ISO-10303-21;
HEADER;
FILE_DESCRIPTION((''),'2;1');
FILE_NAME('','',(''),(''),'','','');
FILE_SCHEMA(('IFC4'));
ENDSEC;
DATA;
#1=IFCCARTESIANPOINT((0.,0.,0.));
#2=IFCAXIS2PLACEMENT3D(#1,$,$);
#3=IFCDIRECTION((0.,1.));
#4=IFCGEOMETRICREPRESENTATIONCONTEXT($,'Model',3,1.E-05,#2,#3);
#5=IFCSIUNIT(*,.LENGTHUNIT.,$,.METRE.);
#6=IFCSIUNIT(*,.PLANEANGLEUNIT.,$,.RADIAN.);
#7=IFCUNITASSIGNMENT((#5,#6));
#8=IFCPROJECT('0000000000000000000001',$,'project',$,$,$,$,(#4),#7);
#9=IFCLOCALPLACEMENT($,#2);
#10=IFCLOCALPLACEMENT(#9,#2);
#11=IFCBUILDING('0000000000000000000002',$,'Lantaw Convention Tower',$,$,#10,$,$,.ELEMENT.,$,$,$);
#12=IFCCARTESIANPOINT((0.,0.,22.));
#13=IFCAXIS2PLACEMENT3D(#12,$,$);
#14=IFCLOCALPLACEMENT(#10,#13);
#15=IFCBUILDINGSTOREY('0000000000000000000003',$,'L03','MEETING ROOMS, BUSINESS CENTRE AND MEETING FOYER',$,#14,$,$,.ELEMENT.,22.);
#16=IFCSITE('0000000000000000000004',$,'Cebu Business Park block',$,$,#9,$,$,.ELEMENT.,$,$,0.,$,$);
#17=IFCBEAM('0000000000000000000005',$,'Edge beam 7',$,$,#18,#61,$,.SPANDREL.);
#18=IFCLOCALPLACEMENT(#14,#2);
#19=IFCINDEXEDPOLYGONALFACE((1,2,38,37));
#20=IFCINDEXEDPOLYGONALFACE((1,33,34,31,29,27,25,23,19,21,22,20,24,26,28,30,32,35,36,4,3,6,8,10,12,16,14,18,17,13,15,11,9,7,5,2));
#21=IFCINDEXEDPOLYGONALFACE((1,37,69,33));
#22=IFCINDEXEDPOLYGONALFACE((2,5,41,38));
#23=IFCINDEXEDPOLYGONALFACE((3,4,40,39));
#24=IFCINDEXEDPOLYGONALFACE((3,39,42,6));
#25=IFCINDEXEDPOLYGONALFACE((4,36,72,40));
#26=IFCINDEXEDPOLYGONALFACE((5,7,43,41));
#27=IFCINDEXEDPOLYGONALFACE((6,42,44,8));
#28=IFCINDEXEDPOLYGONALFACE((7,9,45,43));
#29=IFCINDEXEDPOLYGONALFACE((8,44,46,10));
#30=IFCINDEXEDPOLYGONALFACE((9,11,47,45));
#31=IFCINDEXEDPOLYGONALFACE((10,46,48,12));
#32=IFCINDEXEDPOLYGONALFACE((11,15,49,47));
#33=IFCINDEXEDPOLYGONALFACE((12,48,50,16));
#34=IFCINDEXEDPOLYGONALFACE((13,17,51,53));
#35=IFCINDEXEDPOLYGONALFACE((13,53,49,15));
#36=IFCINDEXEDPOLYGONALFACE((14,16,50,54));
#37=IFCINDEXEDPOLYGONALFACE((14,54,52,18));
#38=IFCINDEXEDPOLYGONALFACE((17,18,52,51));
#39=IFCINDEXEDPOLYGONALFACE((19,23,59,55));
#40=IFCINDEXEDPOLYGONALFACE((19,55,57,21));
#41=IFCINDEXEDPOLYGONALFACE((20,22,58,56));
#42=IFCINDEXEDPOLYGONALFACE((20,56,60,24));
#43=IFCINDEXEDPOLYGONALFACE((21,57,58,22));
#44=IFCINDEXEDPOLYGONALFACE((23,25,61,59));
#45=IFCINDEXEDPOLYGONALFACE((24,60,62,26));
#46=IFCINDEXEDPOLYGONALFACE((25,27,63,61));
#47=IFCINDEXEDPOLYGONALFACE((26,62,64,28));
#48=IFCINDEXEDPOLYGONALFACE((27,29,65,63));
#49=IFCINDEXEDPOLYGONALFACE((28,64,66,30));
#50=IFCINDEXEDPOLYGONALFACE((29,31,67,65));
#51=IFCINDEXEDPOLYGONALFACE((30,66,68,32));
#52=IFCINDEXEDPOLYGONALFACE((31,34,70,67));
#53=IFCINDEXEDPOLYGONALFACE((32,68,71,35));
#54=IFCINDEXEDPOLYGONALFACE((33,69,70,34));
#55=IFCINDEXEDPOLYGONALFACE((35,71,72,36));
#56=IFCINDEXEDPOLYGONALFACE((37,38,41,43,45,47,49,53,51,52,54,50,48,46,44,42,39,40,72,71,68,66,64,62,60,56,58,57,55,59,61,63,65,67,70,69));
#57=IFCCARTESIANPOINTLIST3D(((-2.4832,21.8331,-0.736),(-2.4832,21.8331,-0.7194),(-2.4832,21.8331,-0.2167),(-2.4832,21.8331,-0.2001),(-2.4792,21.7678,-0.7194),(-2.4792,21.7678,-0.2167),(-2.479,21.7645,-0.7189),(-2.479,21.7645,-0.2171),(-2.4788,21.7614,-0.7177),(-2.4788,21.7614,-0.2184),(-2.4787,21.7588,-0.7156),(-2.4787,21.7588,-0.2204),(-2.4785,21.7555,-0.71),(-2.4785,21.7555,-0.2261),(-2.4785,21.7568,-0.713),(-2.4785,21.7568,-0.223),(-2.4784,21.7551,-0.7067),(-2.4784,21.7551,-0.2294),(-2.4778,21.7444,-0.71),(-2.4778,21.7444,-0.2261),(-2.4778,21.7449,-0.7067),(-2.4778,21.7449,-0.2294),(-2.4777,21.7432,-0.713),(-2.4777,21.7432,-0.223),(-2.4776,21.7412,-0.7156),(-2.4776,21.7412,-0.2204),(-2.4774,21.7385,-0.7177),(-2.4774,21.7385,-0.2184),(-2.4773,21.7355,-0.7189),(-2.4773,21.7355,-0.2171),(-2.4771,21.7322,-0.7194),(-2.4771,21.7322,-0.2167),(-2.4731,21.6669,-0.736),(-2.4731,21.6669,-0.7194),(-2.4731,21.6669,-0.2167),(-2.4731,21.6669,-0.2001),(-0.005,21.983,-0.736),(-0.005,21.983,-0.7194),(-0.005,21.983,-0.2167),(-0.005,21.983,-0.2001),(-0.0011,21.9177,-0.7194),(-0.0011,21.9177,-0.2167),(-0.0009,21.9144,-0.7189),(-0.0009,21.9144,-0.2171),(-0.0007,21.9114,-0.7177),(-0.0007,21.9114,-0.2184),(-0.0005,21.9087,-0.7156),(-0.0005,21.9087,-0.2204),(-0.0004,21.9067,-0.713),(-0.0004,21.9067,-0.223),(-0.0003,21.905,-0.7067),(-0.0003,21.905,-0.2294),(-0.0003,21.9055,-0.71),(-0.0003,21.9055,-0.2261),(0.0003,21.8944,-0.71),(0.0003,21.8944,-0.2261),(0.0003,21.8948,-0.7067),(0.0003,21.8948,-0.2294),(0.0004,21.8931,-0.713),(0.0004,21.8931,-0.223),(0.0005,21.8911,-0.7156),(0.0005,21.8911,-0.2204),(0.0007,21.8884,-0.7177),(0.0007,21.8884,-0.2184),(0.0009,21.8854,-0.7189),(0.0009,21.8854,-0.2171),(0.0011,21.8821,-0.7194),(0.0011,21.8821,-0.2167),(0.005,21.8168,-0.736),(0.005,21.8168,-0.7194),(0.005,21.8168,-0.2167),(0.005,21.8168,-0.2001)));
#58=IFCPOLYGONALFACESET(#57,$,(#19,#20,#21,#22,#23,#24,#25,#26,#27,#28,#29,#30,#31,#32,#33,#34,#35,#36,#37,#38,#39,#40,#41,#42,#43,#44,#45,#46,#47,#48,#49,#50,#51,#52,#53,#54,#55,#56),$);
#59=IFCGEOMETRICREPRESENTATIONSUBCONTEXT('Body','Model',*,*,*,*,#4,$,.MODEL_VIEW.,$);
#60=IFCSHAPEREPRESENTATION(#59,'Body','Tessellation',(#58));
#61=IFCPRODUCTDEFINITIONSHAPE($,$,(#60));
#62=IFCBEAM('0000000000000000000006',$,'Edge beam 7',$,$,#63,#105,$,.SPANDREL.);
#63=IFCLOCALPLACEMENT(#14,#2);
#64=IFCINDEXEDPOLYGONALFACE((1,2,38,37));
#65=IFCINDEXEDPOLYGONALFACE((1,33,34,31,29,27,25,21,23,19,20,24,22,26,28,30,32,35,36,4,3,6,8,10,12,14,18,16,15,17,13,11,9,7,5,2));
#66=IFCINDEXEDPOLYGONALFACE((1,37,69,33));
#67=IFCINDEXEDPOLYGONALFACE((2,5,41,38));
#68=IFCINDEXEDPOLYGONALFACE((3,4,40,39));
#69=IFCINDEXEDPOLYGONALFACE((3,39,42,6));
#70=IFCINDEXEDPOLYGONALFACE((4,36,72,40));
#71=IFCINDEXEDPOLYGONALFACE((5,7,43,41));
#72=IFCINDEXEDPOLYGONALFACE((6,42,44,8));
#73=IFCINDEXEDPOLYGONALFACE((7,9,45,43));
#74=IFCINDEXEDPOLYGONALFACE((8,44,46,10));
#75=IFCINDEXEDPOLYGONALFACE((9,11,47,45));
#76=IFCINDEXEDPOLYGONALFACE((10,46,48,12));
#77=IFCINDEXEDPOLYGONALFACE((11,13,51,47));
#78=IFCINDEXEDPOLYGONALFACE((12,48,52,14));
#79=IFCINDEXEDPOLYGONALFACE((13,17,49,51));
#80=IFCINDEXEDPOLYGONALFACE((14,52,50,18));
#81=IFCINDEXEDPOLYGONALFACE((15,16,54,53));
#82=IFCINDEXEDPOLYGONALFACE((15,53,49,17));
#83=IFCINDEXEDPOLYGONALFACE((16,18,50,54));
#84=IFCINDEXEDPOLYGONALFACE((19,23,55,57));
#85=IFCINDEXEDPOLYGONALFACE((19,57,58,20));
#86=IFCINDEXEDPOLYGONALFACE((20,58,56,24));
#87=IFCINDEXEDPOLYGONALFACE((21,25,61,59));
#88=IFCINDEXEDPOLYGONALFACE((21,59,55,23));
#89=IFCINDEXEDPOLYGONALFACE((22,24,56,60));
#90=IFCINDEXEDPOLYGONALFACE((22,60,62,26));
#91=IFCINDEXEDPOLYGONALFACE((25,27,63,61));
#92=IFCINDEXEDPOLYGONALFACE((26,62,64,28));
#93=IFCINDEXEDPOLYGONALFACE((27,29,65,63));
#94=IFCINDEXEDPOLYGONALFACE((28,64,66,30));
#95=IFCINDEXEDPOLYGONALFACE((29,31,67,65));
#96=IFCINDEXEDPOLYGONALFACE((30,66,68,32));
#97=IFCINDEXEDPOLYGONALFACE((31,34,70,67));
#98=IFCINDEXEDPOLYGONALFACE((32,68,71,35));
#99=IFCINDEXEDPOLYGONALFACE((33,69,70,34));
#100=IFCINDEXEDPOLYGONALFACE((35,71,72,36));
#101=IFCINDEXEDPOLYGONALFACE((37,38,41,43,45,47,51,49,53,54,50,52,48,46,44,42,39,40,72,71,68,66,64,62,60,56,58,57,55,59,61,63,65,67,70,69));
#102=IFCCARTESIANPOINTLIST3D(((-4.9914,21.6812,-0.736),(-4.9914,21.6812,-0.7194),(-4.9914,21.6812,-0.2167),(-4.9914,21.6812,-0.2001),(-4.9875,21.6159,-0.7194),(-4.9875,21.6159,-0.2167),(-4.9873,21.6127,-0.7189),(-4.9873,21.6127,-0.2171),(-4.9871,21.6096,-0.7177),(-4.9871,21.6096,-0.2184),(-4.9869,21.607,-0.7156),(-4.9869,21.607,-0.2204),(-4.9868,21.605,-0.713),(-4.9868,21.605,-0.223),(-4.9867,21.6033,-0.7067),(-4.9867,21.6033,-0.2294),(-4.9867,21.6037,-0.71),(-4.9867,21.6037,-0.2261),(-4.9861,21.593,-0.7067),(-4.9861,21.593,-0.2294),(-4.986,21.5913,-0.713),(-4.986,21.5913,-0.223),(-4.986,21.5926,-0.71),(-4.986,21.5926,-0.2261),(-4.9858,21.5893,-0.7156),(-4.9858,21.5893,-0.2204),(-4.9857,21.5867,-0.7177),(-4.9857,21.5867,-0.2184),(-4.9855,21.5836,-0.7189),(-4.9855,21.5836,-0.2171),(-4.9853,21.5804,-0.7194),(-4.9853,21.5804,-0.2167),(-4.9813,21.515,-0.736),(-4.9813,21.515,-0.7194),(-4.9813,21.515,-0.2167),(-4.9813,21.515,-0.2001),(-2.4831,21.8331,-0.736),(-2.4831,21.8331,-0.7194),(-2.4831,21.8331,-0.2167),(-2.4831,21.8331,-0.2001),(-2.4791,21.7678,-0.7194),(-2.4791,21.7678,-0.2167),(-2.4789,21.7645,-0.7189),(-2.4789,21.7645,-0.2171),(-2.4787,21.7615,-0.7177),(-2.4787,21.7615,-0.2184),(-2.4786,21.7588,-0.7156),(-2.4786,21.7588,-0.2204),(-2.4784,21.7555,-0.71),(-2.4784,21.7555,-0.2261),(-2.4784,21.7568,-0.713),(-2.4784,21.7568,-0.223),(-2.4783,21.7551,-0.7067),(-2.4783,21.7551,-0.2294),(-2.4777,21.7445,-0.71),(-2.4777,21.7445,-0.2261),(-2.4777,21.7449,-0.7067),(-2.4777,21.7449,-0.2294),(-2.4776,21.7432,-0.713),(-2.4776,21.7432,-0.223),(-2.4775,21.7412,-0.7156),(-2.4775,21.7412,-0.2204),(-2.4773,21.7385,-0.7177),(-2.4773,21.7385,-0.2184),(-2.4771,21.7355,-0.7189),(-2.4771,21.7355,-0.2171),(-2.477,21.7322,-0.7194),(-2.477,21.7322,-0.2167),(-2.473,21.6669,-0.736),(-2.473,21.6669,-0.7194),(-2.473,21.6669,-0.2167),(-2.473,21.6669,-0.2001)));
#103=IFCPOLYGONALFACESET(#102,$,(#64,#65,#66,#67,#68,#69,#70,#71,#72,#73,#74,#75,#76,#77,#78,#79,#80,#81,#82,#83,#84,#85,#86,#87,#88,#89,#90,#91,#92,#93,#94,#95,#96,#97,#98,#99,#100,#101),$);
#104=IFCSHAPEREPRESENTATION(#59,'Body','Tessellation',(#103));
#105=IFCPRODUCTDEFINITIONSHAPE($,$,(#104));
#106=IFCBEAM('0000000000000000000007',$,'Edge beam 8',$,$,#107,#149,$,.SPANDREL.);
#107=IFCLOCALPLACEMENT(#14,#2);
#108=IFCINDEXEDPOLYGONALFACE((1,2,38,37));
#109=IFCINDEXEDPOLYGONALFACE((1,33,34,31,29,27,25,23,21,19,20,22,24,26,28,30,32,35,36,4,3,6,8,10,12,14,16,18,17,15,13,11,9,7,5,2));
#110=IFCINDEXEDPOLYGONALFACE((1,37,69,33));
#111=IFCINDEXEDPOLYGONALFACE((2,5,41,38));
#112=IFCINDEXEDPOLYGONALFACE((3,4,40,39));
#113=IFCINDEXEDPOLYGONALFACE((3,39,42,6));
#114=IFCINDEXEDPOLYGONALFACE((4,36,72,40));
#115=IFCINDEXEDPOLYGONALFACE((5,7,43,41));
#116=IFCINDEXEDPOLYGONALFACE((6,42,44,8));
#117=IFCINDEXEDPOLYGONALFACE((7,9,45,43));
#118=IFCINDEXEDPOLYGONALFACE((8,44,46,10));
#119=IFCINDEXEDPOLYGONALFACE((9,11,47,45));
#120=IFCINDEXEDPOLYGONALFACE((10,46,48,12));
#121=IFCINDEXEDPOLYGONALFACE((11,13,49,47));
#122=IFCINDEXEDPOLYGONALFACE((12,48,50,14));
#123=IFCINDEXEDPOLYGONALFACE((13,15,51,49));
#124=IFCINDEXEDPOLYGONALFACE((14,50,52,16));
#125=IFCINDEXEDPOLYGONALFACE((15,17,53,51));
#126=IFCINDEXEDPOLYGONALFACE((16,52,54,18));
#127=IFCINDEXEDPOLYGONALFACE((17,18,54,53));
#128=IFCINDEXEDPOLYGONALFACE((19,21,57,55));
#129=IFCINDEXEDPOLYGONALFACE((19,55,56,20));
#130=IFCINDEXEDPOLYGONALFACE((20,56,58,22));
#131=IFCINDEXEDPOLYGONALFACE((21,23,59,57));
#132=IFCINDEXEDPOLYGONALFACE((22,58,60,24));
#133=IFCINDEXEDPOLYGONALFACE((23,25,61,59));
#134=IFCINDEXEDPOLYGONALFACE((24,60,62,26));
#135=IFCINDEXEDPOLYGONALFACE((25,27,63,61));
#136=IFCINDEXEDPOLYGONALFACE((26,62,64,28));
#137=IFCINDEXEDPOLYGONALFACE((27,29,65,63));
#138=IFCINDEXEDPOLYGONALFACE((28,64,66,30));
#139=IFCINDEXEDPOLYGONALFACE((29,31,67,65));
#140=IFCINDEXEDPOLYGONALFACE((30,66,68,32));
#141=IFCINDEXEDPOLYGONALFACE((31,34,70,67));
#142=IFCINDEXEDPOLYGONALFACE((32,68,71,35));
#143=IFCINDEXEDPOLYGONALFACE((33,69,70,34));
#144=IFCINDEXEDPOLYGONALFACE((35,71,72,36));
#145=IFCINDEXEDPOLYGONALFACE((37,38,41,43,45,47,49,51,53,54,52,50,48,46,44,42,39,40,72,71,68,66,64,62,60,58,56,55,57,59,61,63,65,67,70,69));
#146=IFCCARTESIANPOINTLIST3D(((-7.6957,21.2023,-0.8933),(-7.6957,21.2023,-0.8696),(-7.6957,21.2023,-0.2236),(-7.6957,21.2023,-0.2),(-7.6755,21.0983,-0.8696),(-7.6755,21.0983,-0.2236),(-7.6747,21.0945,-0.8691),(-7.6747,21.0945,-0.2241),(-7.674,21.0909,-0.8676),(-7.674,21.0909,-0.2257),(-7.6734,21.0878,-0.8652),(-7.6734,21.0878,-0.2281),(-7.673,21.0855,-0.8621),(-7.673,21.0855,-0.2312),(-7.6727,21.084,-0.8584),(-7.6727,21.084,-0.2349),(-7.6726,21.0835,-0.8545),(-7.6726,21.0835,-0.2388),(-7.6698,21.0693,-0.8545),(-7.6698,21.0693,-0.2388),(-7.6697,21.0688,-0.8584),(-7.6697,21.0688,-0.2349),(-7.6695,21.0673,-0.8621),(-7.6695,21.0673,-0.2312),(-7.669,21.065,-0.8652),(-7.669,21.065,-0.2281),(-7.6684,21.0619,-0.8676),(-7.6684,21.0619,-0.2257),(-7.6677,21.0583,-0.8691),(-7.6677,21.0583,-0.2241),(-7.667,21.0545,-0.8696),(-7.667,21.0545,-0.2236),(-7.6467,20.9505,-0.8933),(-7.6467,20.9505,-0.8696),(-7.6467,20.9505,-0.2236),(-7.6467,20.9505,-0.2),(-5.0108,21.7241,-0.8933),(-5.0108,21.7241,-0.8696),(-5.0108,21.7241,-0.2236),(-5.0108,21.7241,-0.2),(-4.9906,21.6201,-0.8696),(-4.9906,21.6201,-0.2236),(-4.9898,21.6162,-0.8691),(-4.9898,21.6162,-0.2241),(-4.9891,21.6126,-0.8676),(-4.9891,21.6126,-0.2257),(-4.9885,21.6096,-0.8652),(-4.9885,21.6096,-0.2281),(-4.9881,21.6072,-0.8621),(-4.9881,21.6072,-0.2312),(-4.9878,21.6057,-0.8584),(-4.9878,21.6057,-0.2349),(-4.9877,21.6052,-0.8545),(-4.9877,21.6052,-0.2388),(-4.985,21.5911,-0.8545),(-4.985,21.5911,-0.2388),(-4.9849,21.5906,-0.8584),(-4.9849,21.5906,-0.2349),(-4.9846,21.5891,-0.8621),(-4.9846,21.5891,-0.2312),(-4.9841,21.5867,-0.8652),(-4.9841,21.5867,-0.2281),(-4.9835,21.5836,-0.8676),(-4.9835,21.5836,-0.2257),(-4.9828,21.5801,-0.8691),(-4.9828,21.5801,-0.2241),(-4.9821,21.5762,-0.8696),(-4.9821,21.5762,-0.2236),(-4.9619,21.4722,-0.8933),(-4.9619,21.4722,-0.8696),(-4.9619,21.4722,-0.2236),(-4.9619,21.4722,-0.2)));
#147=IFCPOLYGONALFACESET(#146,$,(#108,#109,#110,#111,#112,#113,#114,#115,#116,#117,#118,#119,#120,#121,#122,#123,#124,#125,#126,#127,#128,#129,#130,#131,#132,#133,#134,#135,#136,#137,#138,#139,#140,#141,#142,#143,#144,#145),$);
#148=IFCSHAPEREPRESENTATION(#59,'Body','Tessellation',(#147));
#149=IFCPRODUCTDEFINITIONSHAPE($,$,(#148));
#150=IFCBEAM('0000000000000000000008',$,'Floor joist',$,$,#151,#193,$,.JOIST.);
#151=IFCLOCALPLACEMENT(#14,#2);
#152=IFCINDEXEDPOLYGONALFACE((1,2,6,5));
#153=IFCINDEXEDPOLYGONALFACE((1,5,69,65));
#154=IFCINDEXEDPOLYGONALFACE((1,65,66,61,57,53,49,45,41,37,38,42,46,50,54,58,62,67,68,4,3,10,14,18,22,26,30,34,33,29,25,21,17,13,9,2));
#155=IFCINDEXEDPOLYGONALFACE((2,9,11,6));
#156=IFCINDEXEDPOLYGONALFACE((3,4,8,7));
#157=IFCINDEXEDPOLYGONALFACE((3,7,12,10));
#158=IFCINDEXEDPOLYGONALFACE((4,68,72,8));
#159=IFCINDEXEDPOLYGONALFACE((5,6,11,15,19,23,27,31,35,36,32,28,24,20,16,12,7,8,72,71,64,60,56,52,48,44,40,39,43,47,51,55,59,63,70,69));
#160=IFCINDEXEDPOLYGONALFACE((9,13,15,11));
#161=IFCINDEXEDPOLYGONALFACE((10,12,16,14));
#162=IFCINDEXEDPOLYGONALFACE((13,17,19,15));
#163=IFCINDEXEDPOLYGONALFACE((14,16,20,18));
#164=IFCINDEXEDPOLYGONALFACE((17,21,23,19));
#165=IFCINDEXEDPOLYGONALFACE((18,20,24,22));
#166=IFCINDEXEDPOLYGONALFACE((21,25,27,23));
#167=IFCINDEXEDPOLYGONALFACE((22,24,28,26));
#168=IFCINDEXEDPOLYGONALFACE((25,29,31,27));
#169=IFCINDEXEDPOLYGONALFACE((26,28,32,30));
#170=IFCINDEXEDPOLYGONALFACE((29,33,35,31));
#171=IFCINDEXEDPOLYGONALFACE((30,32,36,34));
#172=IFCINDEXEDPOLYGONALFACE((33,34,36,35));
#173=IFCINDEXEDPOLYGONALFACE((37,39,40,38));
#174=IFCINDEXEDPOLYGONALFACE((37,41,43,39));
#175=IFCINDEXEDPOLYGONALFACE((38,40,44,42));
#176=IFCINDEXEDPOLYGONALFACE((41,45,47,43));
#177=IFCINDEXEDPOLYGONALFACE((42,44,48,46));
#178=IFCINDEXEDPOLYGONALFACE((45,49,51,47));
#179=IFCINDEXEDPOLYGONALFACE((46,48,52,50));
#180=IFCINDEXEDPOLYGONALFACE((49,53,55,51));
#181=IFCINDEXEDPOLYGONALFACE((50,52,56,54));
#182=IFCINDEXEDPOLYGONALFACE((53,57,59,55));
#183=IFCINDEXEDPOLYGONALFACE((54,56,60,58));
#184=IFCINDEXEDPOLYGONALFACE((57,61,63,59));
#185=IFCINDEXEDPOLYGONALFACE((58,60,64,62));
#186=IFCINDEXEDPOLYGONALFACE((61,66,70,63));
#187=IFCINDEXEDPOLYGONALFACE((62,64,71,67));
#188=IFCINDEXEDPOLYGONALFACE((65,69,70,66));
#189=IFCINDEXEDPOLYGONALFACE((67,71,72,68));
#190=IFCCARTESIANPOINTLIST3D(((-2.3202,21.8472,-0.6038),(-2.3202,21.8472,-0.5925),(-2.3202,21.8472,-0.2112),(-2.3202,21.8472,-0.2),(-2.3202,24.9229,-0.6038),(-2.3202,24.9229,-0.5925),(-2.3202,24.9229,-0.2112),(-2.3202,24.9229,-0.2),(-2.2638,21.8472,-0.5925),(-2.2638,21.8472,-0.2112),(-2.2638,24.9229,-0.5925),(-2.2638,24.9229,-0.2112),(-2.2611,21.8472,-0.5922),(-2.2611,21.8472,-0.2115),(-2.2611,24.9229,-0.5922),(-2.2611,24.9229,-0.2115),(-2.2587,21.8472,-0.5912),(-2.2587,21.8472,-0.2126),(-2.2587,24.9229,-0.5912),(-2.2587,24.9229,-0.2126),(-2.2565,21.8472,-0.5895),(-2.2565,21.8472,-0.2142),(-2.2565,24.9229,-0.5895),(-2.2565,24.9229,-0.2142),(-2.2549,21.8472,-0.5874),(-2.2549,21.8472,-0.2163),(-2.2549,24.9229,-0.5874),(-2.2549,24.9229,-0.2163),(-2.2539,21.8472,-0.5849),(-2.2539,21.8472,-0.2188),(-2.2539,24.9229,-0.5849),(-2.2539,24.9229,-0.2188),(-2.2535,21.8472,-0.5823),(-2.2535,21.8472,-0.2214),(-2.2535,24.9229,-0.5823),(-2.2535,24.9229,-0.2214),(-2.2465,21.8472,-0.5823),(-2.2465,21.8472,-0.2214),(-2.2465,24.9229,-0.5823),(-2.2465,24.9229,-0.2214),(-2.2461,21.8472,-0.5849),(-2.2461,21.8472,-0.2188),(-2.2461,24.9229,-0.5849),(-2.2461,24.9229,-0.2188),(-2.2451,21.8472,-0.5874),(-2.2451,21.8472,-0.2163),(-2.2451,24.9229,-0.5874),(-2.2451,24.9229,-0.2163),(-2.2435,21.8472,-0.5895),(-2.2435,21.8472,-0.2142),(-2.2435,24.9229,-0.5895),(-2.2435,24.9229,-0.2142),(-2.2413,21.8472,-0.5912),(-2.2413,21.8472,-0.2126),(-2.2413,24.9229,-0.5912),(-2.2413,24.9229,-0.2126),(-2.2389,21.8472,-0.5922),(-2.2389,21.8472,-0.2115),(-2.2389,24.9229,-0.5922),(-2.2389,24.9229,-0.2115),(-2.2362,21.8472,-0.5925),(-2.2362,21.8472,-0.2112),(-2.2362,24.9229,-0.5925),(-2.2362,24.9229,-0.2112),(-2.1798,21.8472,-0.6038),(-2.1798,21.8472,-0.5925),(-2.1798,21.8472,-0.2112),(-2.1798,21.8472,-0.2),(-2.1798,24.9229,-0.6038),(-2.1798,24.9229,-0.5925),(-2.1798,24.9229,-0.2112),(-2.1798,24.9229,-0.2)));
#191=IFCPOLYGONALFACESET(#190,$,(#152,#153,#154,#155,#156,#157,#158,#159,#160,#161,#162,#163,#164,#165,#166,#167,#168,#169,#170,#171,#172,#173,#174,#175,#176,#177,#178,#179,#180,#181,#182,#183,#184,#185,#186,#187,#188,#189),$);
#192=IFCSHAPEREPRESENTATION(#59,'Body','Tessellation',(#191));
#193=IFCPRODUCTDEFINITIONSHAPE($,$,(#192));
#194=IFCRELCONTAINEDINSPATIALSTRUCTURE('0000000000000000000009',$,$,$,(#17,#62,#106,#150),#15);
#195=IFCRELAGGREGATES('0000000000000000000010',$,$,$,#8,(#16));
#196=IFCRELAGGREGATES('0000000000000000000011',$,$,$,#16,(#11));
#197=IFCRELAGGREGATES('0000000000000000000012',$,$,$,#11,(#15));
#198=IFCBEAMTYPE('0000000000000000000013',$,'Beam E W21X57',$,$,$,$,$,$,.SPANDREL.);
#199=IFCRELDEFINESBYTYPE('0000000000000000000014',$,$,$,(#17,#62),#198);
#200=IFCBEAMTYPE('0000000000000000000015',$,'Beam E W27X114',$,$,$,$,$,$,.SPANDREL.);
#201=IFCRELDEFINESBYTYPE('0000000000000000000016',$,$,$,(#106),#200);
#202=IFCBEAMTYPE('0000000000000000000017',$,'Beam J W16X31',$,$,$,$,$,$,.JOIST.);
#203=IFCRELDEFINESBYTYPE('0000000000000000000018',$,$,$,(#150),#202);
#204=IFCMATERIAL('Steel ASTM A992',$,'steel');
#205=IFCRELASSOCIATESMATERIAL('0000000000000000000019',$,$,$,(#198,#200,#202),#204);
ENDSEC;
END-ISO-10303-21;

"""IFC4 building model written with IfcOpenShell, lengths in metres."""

from ifc_helpers import new_model, si_unit, direction, frame, origin, origin_2d, place, context, subcontext, project, spatial, i_section, extrude, material, material_profile, profile_set, type_object, element, save


model = new_model("IFC4")

# Units and contexts
model_context = context("Model", 3, precision=1e-05, world=origin(), true_north=direction((0.0, 1.0)))
body_context = subcontext(model_context, "Body", "Model", "MODEL_VIEW")
ifc_project = project(units=[si_unit("LENGTHUNIT", "METRE"), si_unit("PLANEANGLEUNIT", "RADIAN")], contexts=[model_context])

# Site, building, storey
site_placement = place(None, origin())
site = spatial("IfcSite", under=ifc_project, at=site_placement, Name="Cebu Business Park block", CompositionType="ELEMENT", RefElevation=0.0)
building_placement = place(site_placement, origin())
building = spatial("IfcBuilding", under=site, at=building_placement, Name="Lantaw Convention Tower", CompositionType="ELEMENT")
storey_placement = place(building_placement, frame((0.0, 0.0, 22.0)))
storey = spatial("IfcBuildingStorey", under=building, at=storey_placement, Name="L03", Description="MEETING ROOMS, BUSINESS CENTRE AND MEETING FOYER", CompositionType="ELEMENT", Elevation=22.0)

# Beams
ifc_material_1 = material(Name="Steel ASTM A992", Category="steel")
ifc_material_profile_1 = material_profile(ifc_material_1, i_section(OverallWidth=0.1665, OverallDepth=0.5359, WebThickness=0.0103, FlangeThickness=0.0166, FilletRadius=0.0127, at=origin_2d()), Name="W21X57")
ifc_profile_set_1 = profile_set([ifc_material_profile_1], Name="Steel ASTM A992")
beam_type_1 = type_object("IfcBeamType", Name="Beam E W21X57", PredefinedType="SPANDREL", material=ifc_profile_set_1)
beam_1_placement = place(storey_placement, frame((0.0, 21.8999, -0.468), z_axis=(-0.998175, -0.060382, 0.0), x_axis=(0.060382, -0.998175, 0.0)))
element("IfcBeam", 1, at=beam_1_placement, inside=storey, type_object=beam_type_1, Name="Edge beam 7", PredefinedType="SPANDREL", context=body_context, shape_type="SweptSolid", body=[
    extrude(i_section(OverallWidth=0.1665, OverallDepth=0.5359, WebThickness=0.0103, FlangeThickness=0.0166, FilletRadius=0.0127, at=origin_2d()), origin(), (0.0, 0.0, 1.0), 2.4827),
])
beam_2_placement = place(storey_placement, frame((-2.478, 21.75, -0.468), z_axis=(-0.998172, -0.060431, 0.0), x_axis=(0.060431, -0.998172, 0.0)))
element("IfcBeam", 2, at=beam_2_placement, inside=storey, type_object=beam_type_1, Name="Edge beam 7", PredefinedType="SPANDREL", context=body_context, shape_type="SweptSolid", body=[
    extrude(i_section(OverallWidth=0.1665, OverallDepth=0.5359, WebThickness=0.0103, FlangeThickness=0.0166, FilletRadius=0.0127, at=origin_2d()), origin(), (0.0, 0.0, 1.0), 2.5129),
])
ifc_material_profile_2 = material_profile(ifc_material_1, i_section(OverallWidth=0.2566, OverallDepth=0.6934, WebThickness=0.0144, FlangeThickness=0.0237, FilletRadius=0.0151, at=origin_2d()), Name="W27X114")
ifc_profile_set_2 = profile_set([ifc_material_profile_2], Name="Steel ASTM A992")
beam_type_2 = type_object("IfcBeamType", Name="Beam E W27X114", PredefinedType="SPANDREL", material=ifc_profile_set_2)
beam_3_placement = place(storey_placement, frame((-4.9863, 21.5981, -0.5466), z_axis=(-0.981637, -0.190757, 0.0), x_axis=(0.190757, -0.981637, 0.0)))
element("IfcBeam", 3, at=beam_3_placement, inside=storey, type_object=beam_type_2, Name="Edge beam 8", PredefinedType="SPANDREL", context=body_context, shape_type="SweptSolid", body=[
    extrude(i_section(OverallWidth=0.2566, OverallDepth=0.6934, WebThickness=0.0144, FlangeThickness=0.0237, FilletRadius=0.0151, at=origin_2d()), origin(), (0.0, 0.0, 1.0), 2.7351),
])
ifc_material_profile_3 = material_profile(ifc_material_1, i_section(OverallWidth=0.1404, OverallDepth=0.4038, WebThickness=0.0071, FlangeThickness=0.0112, FilletRadius=0.0103, at=origin_2d()), Name="W16X31")
ifc_profile_set_3 = profile_set([ifc_material_profile_3], Name="Steel ASTM A992")
beam_type_3 = type_object("IfcBeamType", Name="Beam J W16X31", PredefinedType="JOIST", material=ifc_profile_set_3)
beam_4_placement = place(storey_placement, frame((-2.25, 21.8472, -0.4019), z_axis=(0.0, 1.0, 0.0), x_axis=(-1.0, 0.0, 0.0)))
element("IfcBeam", 4, at=beam_4_placement, inside=storey, type_object=beam_type_3, Name="Floor joist", PredefinedType="JOIST", context=body_context, shape_type="SweptSolid", body=[
    extrude(i_section(OverallWidth=0.1404, OverallDepth=0.4038, WebThickness=0.0071, FlangeThickness=0.0112, FilletRadius=0.0103, at=origin_2d()), origin(), (0.0, 0.0, 1.0), 3.0757),
])

save(model, "model.ifc")
